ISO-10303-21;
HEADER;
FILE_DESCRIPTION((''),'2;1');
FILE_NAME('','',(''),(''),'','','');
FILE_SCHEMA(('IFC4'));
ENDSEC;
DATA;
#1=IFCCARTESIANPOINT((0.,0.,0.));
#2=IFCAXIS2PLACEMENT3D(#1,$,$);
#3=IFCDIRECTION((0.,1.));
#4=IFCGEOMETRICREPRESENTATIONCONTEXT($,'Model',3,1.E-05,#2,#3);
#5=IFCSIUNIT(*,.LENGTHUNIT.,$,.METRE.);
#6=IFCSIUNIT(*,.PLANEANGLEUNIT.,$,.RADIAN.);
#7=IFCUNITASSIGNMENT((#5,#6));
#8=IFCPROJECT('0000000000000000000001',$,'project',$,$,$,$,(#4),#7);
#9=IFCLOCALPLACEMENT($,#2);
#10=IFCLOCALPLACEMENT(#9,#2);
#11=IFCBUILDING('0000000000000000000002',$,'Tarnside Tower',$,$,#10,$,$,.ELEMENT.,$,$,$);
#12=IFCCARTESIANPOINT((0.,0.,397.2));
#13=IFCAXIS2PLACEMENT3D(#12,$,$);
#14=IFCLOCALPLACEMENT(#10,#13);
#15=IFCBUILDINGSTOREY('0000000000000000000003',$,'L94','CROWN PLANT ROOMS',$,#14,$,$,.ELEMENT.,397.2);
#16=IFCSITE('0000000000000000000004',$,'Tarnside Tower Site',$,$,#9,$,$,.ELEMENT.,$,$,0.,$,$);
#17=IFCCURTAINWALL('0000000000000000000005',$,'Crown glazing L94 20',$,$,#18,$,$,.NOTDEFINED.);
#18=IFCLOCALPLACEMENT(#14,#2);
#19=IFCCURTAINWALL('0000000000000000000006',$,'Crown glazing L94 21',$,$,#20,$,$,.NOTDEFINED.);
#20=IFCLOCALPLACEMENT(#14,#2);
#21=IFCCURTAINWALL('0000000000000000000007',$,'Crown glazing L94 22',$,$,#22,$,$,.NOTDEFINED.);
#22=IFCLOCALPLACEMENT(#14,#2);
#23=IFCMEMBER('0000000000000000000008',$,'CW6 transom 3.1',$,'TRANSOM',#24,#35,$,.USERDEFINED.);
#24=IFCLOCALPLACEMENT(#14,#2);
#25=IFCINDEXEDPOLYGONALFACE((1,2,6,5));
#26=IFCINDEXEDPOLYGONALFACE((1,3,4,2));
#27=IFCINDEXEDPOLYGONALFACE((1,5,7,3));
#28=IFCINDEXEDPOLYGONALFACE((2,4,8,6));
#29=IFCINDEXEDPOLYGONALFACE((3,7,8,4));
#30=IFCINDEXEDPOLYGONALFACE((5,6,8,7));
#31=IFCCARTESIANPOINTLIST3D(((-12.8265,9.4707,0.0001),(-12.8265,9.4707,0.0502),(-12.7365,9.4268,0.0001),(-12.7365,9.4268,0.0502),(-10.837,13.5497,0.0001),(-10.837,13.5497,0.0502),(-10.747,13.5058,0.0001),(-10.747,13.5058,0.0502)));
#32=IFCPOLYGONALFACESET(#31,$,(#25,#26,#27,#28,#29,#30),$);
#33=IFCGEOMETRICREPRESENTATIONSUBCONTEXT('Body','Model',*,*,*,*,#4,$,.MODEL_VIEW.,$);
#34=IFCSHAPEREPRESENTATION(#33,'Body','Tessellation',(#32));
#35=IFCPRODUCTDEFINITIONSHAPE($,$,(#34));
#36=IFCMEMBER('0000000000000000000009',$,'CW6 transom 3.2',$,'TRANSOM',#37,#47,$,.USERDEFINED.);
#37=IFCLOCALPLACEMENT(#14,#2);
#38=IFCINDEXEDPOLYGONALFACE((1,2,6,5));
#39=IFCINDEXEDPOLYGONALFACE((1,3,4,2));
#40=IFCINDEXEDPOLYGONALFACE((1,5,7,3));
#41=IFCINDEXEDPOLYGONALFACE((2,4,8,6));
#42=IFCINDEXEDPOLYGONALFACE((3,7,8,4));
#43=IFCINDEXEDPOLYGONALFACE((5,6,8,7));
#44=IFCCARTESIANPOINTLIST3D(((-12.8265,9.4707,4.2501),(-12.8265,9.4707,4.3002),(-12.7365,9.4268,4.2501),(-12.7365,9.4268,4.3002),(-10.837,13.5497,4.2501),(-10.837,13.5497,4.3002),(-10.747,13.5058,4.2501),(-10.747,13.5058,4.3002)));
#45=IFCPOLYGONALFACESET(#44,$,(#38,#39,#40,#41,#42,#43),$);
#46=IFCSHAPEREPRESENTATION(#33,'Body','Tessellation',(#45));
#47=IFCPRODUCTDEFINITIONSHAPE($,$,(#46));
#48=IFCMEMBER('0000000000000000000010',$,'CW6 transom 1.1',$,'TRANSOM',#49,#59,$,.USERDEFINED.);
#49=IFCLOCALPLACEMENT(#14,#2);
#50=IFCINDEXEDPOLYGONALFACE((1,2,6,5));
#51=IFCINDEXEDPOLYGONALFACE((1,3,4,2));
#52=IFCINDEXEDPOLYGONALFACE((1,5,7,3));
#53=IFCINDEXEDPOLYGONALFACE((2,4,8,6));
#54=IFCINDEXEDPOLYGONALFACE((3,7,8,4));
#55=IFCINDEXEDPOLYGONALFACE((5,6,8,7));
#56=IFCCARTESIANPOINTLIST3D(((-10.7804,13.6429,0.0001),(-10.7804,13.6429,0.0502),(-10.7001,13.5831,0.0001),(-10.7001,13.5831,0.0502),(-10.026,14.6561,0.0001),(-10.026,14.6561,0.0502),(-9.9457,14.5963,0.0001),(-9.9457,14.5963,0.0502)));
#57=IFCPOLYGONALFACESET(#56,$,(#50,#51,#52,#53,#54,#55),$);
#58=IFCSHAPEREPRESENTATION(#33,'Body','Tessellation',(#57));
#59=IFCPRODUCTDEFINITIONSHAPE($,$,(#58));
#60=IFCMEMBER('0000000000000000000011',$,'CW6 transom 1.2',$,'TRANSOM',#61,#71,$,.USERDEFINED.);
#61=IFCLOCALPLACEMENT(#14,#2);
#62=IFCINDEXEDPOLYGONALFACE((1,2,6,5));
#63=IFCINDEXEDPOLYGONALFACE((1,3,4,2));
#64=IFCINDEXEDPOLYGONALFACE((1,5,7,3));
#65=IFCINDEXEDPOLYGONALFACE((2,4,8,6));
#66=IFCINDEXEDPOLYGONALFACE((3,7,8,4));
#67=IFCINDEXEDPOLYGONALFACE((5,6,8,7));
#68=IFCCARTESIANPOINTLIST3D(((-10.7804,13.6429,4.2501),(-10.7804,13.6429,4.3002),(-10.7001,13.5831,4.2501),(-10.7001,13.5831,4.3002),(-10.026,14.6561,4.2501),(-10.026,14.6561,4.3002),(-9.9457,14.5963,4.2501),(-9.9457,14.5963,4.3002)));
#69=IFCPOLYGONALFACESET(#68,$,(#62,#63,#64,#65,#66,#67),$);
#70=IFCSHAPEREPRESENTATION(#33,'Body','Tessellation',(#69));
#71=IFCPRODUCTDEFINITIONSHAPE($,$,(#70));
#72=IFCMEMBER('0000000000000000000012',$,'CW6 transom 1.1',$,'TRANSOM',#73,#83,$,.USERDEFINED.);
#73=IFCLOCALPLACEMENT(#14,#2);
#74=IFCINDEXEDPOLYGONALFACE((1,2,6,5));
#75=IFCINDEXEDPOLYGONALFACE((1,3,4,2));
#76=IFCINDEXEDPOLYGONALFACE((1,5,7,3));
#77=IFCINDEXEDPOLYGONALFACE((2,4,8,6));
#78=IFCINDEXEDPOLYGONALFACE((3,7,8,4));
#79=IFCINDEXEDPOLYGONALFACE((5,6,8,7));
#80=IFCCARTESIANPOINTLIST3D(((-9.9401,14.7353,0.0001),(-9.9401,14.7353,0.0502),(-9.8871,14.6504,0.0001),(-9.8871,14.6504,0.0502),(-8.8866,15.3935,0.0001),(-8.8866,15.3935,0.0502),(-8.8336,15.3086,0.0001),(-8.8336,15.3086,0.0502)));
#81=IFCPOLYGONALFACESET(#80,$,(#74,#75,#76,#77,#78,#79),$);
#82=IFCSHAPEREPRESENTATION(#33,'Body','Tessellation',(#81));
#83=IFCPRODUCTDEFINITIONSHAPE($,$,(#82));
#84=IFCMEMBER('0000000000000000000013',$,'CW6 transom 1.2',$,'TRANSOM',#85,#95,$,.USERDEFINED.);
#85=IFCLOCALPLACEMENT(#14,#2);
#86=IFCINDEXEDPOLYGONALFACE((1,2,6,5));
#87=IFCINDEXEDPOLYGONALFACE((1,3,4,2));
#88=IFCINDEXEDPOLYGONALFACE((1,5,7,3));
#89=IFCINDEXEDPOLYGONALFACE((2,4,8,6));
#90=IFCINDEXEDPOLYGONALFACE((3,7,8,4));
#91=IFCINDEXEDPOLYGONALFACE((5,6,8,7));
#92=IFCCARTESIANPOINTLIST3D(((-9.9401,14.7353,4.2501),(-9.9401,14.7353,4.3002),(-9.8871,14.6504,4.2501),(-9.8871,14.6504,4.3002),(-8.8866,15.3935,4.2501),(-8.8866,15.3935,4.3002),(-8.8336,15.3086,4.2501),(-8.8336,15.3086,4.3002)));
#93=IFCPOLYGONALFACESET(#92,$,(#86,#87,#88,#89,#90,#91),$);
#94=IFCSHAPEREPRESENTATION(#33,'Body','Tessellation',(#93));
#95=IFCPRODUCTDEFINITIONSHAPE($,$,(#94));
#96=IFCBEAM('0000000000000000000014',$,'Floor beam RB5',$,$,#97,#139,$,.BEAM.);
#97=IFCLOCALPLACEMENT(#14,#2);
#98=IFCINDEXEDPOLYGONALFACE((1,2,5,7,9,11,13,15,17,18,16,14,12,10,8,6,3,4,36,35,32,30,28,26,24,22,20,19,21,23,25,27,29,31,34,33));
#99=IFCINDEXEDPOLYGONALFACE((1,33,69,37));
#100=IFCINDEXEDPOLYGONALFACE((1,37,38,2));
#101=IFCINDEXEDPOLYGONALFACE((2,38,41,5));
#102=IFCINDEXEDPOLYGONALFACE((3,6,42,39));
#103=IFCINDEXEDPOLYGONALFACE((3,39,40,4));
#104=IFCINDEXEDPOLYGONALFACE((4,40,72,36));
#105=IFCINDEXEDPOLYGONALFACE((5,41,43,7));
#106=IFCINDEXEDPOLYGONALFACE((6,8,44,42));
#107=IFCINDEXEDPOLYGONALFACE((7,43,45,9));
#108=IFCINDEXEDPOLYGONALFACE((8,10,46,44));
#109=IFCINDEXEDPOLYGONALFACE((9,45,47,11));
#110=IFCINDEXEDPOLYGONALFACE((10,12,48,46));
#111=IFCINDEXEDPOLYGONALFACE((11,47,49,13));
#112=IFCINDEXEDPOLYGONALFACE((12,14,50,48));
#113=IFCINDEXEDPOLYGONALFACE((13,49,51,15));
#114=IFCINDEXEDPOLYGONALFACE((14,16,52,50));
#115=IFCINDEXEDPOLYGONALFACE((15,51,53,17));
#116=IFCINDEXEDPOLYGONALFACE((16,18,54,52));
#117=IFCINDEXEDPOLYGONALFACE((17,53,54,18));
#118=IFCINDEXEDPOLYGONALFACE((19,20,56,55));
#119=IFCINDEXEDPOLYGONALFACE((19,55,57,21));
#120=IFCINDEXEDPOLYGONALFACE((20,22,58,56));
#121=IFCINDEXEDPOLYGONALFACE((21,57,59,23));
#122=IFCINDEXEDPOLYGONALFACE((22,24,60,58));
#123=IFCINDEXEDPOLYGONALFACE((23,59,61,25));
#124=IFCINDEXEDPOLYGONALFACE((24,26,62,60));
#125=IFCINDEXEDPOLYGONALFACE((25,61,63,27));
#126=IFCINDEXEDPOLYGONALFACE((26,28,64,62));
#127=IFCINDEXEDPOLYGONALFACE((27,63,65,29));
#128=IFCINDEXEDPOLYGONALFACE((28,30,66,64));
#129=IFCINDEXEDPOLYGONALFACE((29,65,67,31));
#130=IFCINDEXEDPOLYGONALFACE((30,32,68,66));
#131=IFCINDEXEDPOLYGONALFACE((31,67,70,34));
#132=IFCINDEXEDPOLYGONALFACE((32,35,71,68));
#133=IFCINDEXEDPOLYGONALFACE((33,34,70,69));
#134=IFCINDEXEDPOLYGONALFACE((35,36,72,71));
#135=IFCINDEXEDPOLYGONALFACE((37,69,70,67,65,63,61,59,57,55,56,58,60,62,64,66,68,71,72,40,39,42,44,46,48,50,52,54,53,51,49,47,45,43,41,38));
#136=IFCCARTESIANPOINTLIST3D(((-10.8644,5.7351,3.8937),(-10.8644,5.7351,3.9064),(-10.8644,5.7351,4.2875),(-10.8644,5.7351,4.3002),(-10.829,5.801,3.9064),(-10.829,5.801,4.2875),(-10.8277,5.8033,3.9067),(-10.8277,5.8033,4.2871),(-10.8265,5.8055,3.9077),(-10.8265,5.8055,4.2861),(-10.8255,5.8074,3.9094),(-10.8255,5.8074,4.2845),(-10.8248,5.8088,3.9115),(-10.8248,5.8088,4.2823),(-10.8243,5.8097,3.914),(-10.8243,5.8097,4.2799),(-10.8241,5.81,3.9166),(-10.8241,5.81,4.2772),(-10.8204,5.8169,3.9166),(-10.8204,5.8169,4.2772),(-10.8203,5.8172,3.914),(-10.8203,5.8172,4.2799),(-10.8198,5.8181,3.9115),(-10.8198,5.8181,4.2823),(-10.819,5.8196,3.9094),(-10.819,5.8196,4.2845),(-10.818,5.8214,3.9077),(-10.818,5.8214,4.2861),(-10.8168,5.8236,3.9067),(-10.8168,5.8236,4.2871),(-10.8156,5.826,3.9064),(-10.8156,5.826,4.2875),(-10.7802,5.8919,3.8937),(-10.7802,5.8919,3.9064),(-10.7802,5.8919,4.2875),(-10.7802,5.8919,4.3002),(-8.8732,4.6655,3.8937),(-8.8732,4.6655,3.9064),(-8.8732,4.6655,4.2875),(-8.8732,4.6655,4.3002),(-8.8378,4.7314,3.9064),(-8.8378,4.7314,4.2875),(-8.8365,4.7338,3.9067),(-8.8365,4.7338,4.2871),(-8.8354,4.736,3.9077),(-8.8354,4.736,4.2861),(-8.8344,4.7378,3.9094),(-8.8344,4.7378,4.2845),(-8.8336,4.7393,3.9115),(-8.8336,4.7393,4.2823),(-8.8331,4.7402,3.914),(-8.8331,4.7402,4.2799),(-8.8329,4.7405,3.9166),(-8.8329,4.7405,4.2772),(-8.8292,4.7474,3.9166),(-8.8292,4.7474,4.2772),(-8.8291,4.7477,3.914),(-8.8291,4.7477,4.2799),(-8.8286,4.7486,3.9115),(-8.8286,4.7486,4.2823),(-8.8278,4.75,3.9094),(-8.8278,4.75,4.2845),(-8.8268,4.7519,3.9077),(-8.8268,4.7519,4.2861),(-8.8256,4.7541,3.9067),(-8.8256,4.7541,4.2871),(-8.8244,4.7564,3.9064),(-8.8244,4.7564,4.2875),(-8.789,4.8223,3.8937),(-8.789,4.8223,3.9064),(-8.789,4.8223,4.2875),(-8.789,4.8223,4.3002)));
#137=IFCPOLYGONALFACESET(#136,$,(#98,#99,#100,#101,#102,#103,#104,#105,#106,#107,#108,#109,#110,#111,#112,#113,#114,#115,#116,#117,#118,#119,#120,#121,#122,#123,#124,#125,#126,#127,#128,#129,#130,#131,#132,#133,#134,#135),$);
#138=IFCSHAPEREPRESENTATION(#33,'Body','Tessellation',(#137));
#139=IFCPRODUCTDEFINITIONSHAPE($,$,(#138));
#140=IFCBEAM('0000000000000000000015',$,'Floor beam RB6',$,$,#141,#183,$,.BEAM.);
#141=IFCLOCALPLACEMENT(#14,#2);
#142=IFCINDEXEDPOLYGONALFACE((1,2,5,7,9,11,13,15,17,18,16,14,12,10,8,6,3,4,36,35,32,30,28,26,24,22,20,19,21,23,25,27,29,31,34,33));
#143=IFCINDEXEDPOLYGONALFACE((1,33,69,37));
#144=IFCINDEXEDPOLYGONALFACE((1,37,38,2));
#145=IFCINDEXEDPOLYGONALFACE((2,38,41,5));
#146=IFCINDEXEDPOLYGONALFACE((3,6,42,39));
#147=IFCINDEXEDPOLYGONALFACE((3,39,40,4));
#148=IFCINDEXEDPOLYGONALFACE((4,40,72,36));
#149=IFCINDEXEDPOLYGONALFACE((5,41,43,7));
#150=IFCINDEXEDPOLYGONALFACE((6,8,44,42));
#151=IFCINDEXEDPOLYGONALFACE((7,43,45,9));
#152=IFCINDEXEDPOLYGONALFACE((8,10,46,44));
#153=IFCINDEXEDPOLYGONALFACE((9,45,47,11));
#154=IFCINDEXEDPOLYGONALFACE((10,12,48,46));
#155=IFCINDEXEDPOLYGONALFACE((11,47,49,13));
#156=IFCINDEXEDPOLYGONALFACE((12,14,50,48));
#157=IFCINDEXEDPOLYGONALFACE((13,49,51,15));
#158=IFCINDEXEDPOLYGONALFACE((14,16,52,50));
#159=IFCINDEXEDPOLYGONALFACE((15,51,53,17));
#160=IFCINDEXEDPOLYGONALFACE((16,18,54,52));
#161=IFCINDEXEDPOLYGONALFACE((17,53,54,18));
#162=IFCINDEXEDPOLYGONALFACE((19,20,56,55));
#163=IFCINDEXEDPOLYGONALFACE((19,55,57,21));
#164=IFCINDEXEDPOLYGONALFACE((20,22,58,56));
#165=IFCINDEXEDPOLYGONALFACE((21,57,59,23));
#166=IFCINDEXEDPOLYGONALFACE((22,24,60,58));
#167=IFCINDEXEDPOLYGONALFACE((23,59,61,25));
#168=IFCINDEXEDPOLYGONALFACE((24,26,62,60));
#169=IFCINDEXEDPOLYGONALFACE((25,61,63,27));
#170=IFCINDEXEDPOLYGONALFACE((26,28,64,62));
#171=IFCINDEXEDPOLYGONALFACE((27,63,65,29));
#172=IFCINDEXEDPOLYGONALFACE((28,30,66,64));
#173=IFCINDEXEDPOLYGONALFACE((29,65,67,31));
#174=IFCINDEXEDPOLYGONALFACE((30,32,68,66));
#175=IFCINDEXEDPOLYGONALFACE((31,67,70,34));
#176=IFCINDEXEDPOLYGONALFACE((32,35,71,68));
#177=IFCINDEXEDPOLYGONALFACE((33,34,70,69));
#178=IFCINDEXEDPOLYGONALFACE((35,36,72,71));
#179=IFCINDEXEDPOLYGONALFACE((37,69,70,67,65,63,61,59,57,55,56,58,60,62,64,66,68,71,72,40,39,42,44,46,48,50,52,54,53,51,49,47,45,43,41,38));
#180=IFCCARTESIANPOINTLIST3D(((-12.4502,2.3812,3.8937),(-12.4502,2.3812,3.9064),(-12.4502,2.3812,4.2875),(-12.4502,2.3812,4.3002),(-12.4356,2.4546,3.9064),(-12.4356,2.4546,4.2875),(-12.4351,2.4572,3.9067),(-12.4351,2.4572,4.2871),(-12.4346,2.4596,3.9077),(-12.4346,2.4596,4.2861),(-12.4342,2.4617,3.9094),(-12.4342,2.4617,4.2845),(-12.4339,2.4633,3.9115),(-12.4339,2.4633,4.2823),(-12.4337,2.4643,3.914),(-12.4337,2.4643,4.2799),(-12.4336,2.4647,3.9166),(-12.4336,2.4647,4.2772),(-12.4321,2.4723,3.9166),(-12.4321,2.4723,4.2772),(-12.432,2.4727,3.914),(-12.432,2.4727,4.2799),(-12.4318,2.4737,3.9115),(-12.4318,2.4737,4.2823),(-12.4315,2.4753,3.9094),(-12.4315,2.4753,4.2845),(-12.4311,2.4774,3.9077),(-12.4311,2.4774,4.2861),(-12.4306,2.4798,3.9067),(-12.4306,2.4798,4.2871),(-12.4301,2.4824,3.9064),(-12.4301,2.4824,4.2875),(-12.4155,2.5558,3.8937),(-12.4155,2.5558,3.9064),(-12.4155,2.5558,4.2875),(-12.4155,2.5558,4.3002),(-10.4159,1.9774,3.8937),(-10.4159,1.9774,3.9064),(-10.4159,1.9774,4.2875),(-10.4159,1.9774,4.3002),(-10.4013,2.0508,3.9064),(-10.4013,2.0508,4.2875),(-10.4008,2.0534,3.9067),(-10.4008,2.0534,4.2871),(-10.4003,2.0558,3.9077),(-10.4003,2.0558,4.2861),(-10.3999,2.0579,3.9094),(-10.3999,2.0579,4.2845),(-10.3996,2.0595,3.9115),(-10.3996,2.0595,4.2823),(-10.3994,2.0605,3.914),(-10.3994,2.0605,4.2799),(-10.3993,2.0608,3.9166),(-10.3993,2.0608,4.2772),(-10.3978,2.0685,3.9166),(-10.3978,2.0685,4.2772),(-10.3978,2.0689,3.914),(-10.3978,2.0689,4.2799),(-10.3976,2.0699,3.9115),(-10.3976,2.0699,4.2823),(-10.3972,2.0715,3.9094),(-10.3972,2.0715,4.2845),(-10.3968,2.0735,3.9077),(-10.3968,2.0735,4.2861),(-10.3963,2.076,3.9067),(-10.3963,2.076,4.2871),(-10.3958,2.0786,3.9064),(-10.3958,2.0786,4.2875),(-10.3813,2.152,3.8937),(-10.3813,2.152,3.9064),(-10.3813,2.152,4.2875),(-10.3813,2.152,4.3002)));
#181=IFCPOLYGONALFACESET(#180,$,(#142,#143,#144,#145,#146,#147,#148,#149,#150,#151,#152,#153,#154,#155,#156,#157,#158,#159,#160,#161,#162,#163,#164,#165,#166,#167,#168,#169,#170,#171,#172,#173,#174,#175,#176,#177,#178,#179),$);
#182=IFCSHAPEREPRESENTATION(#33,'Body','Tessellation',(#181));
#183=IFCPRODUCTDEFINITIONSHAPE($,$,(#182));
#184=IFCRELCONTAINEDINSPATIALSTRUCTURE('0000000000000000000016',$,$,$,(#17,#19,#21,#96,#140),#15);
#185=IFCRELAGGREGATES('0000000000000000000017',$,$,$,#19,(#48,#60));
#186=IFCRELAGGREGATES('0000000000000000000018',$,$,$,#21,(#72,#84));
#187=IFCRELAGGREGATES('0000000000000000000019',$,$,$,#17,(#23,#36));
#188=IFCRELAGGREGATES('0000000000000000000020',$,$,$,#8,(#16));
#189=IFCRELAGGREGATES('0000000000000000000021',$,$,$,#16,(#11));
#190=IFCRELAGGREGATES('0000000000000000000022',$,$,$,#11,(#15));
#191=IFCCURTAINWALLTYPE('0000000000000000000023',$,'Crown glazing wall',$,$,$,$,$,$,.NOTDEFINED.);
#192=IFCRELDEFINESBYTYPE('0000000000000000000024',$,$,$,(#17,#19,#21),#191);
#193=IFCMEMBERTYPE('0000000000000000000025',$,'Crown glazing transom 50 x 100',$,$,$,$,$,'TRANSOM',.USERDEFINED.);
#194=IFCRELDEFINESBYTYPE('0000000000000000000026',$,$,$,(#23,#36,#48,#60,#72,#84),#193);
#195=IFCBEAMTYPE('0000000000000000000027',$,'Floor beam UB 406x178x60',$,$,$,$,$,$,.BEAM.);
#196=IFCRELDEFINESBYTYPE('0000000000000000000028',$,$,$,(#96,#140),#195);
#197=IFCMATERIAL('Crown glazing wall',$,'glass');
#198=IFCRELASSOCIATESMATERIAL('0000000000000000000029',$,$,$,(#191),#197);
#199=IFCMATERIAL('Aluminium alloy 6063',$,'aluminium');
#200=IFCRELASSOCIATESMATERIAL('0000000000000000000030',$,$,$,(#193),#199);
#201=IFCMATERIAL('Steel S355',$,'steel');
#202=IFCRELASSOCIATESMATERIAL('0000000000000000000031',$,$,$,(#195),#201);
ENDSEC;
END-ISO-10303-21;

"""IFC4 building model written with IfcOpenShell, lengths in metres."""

from ifc_helpers import new_model, si_unit, direction, frame, origin, origin_2d, place, context, subcontext, project, spatial, rectangle, i_section, extrude, material, material_profile, profile_set, type_object, element, aggregate, save


model = new_model("IFC4")

# Units and contexts
model_context = context("Model", 3, precision=1e-05, world=origin(), true_north=direction((0.0, 1.0)))
body_context = subcontext(model_context, "Body", "Model", "MODEL_VIEW")
ifc_project = project(units=[si_unit("LENGTHUNIT", "METRE"), si_unit("PLANEANGLEUNIT", "RADIAN")], contexts=[model_context])

# Site, building, storey
site_placement = place(None, origin())
site = spatial("IfcSite", under=ifc_project, at=site_placement, Name="Tarnside Tower Site", CompositionType="ELEMENT", RefElevation=0.0)
building_placement = place(site_placement, origin())
building = spatial("IfcBuilding", under=site, at=building_placement, Name="Tarnside Tower", CompositionType="ELEMENT")
storey_placement = place(building_placement, frame((0.0, 0.0, 397.2)))
storey = spatial("IfcBuildingStorey", under=building, at=storey_placement, Name="L94", Description="CROWN PLANT ROOMS", CompositionType="ELEMENT", Elevation=397.2)

# Curtain walls
ifc_material_1 = material(Name="Crown glazing wall", Category="glass")
curtain_wall_type = type_object("IfcCurtainWallType", Name="Crown glazing wall", PredefinedType="NOTDEFINED", material=ifc_material_1)
ifc_material_2 = material(Name="Aluminium alloy 6063", Category="aluminium")
curtain_wall_1_placement = place(storey_placement, origin())
curtain_wall_1 = element("IfcCurtainWall", 1, at=curtain_wall_1_placement, inside=storey, type_object=curtain_wall_type, Name="Crown glazing L94 20", PredefinedType="NOTDEFINED")
curtain_wall_2_placement = place(storey_placement, origin())
curtain_wall_2 = element("IfcCurtainWall", 2, at=curtain_wall_2_placement, inside=storey, type_object=curtain_wall_type, Name="Crown glazing L94 21", PredefinedType="NOTDEFINED")

# Curtain wall
curtain_wall_3_placement = place(storey_placement, origin())
curtain_wall_3 = element("IfcCurtainWall", 3, at=curtain_wall_3_placement, inside=storey, type_object=curtain_wall_type, Name="Crown glazing L94 22", PredefinedType="NOTDEFINED")

# Members
ifc_material_profile_1 = material_profile(ifc_material_2, rectangle(XDim=0.1001, YDim=0.05, at=origin_2d()), Name="Crown glazing transom 50 x 100")
ifc_profile_set_1 = profile_set([ifc_material_profile_1], Name="Aluminium alloy 6063")
member_type_1 = type_object("IfcMemberType", Name="Crown glazing transom 50 x 100", ElementType="TRANSOM", PredefinedType="USERDEFINED", material=ifc_profile_set_1)
member_1_placement = place(storey_placement, frame((-12.7815, 9.4487, 0.0251), z_axis=(0.43837, 0.898795, 0.0), x_axis=(-0.898795, 0.43837, 0.0)))
member_1 = element("IfcMember", 4, at=member_1_placement, type_object=member_type_1, Name="CW6 transom 3.1", ObjectType="TRANSOM", PredefinedType="USERDEFINED", context=body_context, shape_type="SweptSolid", body=[
    extrude(rectangle(XDim=0.1001, YDim=0.05, at=origin_2d()), origin(), (0.0, 0.0, 1.0), 4.5383),
])
member_2_placement = place(storey_placement, frame((-12.7815, 9.4487, 4.2751), z_axis=(0.43837, 0.898795, 0.0), x_axis=(-0.898795, 0.43837, 0.0)))
member_2 = element("IfcMember", 5, at=member_2_placement, type_object=member_type_1, Name="CW6 transom 3.2", ObjectType="TRANSOM", PredefinedType="USERDEFINED", context=body_context, shape_type="SweptSolid", body=[
    extrude(rectangle(XDim=0.1001, YDim=0.05, at=origin_2d()), origin(), (0.0, 0.0, 1.0), 4.5383),
])
member_3_placement = place(storey_placement, frame((-10.7402, 13.613, 0.0251), z_axis=(0.597213, 0.802083, 0.0), x_axis=(-0.802083, 0.597213, 0.0)))
member_3 = element("IfcMember", 6, at=member_3_placement, type_object=member_type_1, Name="CW6 transom 1.1", ObjectType="TRANSOM", PredefinedType="USERDEFINED", context=body_context, shape_type="SweptSolid", body=[
    extrude(rectangle(XDim=0.1001, YDim=0.05, at=origin_2d()), origin(), (0.0, 0.0, 1.0), 1.2632),
])
member_4_placement = place(storey_placement, frame((-10.7402, 13.613, 4.2751), z_axis=(0.597213, 0.802083, 0.0), x_axis=(-0.802083, 0.597213, 0.0)))
member_4 = element("IfcMember", 7, at=member_4_placement, type_object=member_type_1, Name="CW6 transom 1.2", ObjectType="TRANSOM", PredefinedType="USERDEFINED", context=body_context, shape_type="SweptSolid", body=[
    extrude(rectangle(XDim=0.1001, YDim=0.05, at=origin_2d()), origin(), (0.0, 0.0, 1.0), 1.2632),
])
member_5_placement = place(storey_placement, frame((-9.9136, 14.6929, 0.0251), z_axis=(0.848076, 0.529875, 0.0), x_axis=(-0.529875, 0.848076, 0.0)))
member_5 = element("IfcMember", 8, at=member_5_placement, type_object=member_type_1, Name="CW6 transom 1.1", ObjectType="TRANSOM", PredefinedType="USERDEFINED", context=body_context, shape_type="SweptSolid", body=[
    extrude(rectangle(XDim=0.1001, YDim=0.05, at=origin_2d()), origin(), (0.0, 0.0, 1.0), 1.2422),
])
member_6_placement = place(storey_placement, frame((-9.9136, 14.6929, 4.2751), z_axis=(0.848076, 0.529875, 0.0), x_axis=(-0.529875, 0.848076, 0.0)))
member_6 = element("IfcMember", 9, at=member_6_placement, type_object=member_type_1, Name="CW6 transom 1.2", ObjectType="TRANSOM", PredefinedType="USERDEFINED", context=body_context, shape_type="SweptSolid", body=[
    extrude(rectangle(XDim=0.1001, YDim=0.05, at=origin_2d()), origin(), (0.0, 0.0, 1.0), 1.2422),
])

# Beams
ifc_material_3 = material(Name="Steel S355", Category="steel")
ifc_material_profile_2 = material_profile(ifc_material_3, i_section(OverallWidth=0.178, OverallDepth=0.4065, WebThickness=0.0078, FlangeThickness=0.0127, FilletRadius=0.0103, at=origin_2d()), Name="UB 406x178x60")
ifc_profile_set_2 = profile_set([ifc_material_profile_2], Name="Steel S355")
beam_type_1 = type_object("IfcBeamType", Name="Floor beam UB 406x178x60", PredefinedType="BEAM", material=ifc_profile_set_2)
beam_1_placement = place(storey_placement, frame((-10.8223, 5.8135, 4.0969), z_axis=(0.880953, -0.473204, 0.0), x_axis=(0.473204, 0.880953, 0.0)))
element("IfcBeam", 10, at=beam_1_placement, inside=storey, type_object=beam_type_1, Name="Floor beam RB5", PredefinedType="BEAM", context=body_context, shape_type="SweptSolid", body=[
    extrude(i_section(OverallWidth=0.178, OverallDepth=0.4065, WebThickness=0.0078, FlangeThickness=0.0127, FilletRadius=0.0103, at=origin_2d()), origin(), (0.0, 0.0, 1.0), 2.2603),
])
beam_2_placement = place(storey_placement, frame((-12.4329, 2.4685, 4.0969), z_axis=(0.98086, -0.194712, 0.0), x_axis=(0.194712, 0.98086, 0.0)))
element("IfcBeam", 11, at=beam_2_placement, inside=storey, type_object=beam_type_1, Name="Floor beam RB6", PredefinedType="BEAM", context=body_context, shape_type="SweptSolid", body=[
    extrude(i_section(OverallWidth=0.178, OverallDepth=0.4065, WebThickness=0.0078, FlangeThickness=0.0127, FilletRadius=0.0103, at=origin_2d()), origin(), (0.0, 0.0, 1.0), 2.074),
])

aggregate(curtain_wall_2, [member_3, member_4])
aggregate(curtain_wall_3, [member_5, member_6])
aggregate(curtain_wall_1, [member_1, member_2])

save(model, "model.ifc")
